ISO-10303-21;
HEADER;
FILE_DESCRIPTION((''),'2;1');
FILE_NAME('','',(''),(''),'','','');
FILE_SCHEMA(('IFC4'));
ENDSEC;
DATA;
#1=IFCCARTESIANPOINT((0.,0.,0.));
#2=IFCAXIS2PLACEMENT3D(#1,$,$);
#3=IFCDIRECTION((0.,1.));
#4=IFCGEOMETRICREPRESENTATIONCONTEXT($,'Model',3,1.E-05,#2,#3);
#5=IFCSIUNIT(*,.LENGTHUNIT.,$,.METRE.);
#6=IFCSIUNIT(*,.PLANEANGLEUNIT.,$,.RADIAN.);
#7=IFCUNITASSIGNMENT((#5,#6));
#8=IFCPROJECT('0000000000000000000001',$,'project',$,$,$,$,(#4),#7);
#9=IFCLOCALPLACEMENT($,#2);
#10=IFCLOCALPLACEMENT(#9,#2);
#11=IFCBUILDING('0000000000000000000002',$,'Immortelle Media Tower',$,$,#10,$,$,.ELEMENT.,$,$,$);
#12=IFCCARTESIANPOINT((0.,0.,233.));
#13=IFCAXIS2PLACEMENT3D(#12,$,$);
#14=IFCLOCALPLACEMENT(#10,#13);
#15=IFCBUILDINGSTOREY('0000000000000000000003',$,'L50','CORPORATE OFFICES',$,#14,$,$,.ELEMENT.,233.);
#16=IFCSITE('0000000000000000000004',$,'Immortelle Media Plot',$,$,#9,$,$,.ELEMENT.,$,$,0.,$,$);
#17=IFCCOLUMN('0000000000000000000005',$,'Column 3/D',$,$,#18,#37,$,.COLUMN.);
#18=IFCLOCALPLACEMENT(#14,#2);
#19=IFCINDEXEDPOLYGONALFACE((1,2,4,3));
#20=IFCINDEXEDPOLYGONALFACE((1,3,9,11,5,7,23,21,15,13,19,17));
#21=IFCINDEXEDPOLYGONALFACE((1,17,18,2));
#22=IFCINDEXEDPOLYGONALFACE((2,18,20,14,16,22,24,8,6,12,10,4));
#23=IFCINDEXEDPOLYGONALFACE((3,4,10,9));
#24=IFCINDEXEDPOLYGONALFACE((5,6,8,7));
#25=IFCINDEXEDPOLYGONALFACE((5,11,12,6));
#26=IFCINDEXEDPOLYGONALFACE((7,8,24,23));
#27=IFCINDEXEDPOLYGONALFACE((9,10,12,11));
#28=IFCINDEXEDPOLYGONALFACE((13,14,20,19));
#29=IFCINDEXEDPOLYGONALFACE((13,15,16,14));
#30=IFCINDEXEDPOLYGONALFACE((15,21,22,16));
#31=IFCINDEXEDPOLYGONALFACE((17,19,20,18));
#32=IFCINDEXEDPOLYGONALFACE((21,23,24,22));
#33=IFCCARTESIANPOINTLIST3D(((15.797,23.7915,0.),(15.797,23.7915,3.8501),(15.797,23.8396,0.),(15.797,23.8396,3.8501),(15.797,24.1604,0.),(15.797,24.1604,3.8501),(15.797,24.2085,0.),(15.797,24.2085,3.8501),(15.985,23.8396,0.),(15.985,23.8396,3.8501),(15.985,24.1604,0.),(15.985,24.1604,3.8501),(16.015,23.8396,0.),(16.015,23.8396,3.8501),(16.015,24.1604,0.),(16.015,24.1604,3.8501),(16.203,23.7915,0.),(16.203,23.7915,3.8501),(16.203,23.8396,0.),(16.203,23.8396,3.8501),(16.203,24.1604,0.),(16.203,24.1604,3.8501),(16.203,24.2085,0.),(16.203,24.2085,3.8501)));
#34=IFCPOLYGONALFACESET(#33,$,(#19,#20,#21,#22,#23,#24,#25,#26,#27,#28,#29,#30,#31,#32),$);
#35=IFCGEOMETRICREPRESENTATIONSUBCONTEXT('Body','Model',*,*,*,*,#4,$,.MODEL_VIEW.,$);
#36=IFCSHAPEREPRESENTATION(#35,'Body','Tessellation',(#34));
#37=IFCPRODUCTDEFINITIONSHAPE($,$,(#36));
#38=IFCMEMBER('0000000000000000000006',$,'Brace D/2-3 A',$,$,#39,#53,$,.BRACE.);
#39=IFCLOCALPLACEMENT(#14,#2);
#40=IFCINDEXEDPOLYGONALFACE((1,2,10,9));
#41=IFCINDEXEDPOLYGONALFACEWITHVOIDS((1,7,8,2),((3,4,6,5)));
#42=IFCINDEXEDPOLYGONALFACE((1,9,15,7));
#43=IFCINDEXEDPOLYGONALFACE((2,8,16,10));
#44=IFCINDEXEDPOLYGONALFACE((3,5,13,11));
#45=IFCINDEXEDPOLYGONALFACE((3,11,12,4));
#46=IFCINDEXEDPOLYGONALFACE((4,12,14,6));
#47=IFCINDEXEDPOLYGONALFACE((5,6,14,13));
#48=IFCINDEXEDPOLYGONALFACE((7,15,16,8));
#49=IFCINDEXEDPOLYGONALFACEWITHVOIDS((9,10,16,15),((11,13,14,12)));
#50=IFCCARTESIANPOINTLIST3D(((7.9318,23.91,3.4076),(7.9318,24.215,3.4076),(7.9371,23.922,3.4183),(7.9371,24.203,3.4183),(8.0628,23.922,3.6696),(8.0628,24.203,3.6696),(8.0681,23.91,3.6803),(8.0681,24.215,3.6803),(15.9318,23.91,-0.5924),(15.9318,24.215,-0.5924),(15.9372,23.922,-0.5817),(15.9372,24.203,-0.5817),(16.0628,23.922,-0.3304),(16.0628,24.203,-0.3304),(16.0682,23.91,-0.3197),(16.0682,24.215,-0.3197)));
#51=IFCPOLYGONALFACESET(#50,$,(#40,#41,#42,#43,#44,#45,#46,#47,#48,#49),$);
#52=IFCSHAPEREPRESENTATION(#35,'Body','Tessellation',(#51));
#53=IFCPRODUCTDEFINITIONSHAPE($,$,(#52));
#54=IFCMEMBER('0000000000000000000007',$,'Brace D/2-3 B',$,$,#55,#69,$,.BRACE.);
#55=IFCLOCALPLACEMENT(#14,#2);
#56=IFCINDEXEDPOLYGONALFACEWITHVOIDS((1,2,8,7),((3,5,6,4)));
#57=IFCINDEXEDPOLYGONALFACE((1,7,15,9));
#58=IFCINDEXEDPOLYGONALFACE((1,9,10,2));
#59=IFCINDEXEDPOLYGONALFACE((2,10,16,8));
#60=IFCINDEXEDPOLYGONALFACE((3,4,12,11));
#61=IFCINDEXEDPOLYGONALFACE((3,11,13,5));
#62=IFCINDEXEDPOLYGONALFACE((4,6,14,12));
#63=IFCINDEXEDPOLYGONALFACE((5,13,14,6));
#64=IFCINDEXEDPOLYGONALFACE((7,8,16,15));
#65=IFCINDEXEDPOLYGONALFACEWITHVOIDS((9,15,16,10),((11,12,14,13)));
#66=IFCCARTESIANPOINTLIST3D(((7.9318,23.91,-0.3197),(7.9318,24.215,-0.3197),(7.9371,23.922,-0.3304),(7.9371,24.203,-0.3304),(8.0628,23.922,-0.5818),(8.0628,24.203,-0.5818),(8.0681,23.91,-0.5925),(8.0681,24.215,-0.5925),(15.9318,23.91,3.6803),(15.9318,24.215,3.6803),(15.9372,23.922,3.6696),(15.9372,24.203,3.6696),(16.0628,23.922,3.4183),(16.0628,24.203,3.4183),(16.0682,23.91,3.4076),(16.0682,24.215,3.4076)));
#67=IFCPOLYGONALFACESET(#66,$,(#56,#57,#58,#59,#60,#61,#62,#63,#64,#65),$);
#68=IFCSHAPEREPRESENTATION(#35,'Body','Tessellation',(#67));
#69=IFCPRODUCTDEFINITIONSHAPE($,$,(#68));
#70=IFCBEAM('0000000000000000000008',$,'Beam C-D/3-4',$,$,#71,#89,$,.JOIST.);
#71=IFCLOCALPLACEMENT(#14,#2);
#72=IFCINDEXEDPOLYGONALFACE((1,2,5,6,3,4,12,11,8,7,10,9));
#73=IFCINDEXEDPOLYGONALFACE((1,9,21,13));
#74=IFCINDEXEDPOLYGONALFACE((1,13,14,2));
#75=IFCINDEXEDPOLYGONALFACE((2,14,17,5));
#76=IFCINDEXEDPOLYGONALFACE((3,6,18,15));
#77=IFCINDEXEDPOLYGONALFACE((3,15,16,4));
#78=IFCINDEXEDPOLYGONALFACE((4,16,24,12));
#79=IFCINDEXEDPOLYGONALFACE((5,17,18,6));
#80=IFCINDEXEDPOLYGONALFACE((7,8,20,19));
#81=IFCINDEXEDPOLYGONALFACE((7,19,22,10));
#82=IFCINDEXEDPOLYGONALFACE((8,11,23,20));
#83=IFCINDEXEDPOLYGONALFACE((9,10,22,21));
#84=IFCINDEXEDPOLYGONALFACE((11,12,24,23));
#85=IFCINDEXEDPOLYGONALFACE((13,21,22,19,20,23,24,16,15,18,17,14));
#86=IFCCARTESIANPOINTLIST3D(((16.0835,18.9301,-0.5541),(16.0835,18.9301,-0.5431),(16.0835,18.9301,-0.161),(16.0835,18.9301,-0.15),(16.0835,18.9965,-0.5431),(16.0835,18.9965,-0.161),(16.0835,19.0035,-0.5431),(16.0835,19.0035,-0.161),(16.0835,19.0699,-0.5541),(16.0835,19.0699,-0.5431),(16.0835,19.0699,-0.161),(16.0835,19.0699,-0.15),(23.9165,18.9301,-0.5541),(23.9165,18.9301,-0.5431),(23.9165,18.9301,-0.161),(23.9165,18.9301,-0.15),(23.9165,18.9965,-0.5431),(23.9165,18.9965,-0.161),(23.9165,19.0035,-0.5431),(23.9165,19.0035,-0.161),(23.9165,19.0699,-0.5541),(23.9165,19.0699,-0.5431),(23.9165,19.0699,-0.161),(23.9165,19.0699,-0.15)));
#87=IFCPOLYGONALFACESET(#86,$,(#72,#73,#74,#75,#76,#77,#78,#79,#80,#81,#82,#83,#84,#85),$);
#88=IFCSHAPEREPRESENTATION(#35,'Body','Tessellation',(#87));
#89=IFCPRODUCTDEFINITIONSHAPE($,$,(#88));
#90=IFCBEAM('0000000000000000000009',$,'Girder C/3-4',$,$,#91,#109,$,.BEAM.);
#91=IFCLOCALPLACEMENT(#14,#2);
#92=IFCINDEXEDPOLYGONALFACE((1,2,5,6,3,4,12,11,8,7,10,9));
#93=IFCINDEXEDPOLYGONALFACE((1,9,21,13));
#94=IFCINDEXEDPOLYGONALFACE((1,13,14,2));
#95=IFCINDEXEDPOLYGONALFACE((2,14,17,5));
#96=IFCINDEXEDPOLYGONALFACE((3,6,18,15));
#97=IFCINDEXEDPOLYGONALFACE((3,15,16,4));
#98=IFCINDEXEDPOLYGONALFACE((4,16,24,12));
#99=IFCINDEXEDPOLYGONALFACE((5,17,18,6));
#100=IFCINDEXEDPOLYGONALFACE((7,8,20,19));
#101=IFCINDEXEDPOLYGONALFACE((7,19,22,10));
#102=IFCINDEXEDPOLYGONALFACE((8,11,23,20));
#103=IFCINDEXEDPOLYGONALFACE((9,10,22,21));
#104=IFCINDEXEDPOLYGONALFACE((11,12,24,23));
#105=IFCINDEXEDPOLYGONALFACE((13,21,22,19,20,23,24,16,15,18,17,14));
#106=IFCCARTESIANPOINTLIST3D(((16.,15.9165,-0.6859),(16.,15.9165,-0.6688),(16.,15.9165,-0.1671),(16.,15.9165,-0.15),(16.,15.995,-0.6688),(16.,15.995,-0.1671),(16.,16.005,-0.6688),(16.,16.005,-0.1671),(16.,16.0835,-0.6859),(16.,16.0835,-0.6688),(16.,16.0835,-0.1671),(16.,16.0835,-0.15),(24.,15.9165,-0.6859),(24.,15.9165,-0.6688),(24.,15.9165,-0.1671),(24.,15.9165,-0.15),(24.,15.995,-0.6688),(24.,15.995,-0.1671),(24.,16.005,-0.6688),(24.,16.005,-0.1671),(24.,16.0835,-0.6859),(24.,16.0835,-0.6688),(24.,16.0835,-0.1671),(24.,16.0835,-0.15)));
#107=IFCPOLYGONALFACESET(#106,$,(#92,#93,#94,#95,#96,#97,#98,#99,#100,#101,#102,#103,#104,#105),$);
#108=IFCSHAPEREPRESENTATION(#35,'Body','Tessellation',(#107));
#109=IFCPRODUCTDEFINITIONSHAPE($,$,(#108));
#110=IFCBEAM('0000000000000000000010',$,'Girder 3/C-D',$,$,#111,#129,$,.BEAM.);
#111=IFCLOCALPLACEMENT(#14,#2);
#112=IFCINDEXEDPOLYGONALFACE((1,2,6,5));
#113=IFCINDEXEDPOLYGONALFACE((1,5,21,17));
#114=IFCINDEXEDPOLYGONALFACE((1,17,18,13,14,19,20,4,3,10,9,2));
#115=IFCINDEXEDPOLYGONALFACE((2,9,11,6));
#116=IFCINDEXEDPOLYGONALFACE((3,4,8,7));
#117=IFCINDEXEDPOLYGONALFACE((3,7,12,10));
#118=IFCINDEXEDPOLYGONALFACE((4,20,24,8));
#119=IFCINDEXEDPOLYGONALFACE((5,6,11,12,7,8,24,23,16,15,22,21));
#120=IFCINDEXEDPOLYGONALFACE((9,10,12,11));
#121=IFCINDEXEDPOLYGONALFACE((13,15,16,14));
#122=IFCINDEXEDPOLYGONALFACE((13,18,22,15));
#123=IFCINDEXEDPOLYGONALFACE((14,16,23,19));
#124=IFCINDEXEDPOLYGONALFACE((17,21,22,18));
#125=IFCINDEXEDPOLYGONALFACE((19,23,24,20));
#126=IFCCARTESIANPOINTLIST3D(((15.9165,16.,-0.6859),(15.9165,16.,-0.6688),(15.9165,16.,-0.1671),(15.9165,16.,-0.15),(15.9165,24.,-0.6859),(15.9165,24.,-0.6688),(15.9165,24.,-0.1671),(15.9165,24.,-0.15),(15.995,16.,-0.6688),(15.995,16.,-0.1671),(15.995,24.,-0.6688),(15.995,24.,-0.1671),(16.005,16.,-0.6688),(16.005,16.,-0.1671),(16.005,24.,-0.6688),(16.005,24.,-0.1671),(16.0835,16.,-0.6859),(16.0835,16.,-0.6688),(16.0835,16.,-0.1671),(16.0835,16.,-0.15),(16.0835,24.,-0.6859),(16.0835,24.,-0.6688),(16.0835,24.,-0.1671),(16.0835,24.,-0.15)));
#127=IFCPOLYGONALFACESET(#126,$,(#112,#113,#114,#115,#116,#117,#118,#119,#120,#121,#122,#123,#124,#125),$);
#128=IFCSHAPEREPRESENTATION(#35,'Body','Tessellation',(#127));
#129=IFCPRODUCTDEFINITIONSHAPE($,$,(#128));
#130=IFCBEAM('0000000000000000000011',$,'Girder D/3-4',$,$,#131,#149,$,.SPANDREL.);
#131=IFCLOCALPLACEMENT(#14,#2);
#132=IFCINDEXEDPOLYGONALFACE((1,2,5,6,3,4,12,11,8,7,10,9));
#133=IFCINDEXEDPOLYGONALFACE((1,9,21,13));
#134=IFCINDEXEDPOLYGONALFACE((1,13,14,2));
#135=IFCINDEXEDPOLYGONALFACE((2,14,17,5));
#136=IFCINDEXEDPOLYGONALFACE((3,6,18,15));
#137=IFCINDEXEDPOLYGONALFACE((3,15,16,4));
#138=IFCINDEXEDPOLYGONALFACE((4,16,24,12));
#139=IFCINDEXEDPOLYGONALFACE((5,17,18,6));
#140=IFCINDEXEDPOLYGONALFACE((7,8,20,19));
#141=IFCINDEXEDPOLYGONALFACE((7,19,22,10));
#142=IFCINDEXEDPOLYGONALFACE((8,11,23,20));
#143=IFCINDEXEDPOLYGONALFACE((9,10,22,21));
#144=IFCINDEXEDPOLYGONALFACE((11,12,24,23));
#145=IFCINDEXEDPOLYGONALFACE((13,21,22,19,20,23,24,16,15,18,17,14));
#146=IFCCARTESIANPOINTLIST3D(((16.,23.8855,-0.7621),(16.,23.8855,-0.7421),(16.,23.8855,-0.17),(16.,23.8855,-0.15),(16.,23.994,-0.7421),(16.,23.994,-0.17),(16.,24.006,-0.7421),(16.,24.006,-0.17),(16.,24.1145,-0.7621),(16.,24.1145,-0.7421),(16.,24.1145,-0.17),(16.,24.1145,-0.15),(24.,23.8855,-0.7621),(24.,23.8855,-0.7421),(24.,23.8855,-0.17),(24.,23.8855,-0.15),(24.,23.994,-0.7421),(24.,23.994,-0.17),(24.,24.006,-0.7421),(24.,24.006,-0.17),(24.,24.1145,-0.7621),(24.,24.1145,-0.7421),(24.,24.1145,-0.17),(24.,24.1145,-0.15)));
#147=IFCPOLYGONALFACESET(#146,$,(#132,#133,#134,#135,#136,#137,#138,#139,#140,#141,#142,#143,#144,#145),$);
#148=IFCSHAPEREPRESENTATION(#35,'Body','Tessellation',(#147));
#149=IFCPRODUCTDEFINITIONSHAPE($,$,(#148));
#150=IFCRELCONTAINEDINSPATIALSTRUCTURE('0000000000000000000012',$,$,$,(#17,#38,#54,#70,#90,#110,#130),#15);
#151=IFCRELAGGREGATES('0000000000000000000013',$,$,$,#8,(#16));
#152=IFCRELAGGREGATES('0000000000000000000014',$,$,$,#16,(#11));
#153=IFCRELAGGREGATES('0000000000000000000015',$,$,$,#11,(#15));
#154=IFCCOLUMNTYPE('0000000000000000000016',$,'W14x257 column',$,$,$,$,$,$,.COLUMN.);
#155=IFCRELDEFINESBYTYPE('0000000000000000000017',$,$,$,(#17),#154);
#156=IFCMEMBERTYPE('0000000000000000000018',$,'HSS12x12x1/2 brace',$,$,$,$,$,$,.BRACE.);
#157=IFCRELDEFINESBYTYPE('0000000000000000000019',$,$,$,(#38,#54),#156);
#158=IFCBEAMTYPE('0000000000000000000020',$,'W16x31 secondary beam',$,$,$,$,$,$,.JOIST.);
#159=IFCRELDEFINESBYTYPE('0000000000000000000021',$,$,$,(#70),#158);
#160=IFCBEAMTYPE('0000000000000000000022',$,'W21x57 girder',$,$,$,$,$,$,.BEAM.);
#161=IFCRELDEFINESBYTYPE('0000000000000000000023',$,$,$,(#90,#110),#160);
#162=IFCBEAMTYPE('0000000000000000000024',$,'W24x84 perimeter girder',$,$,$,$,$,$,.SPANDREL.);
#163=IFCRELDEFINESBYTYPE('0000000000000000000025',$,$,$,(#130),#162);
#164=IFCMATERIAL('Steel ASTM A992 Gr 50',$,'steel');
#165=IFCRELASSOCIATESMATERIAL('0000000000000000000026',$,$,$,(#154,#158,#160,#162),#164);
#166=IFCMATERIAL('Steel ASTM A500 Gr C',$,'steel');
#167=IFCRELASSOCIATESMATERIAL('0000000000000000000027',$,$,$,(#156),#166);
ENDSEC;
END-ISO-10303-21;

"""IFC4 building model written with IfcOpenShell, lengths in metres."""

from ifc_helpers import new_model, si_unit, direction, frame, origin, origin_2d, place, context, subcontext, project, spatial, hollow_rectangle, i_section, extrude, material, material_profile, profile_set, type_object, element, save


model = new_model("IFC4")

# Units and contexts
model_context = context("Model", 3, precision=1e-05, world=origin(), true_north=direction((0.0, 1.0)))
body_context = subcontext(model_context, "Body", "Model", "MODEL_VIEW")
ifc_project = project(units=[si_unit("LENGTHUNIT", "METRE"), si_unit("PLANEANGLEUNIT", "RADIAN")], contexts=[model_context])

# Site, building, storey
site_placement = place(None, origin())
site = spatial("IfcSite", under=ifc_project, at=site_placement, Name="Immortelle Media Plot", CompositionType="ELEMENT", RefElevation=0.0)
building_placement = place(site_placement, origin())
building = spatial("IfcBuilding", under=site, at=building_placement, Name="Immortelle Media Tower", CompositionType="ELEMENT")
storey_placement = place(building_placement, frame((0.0, 0.0, 233.0)))
storey = spatial("IfcBuildingStorey", under=building, at=storey_placement, Name="L50", Description="CORPORATE OFFICES", CompositionType="ELEMENT", Elevation=233.0)

# Column
ifc_material_1 = material(Name="Steel ASTM A992 Gr 50", Category="steel")
ifc_material_profile_1 = material_profile(ifc_material_1, i_section(OverallWidth=0.406, OverallDepth=0.417, WebThickness=0.03, FlangeThickness=0.0481, at=origin_2d()), Name="W14x257")
ifc_profile_set_1 = profile_set([ifc_material_profile_1], Name="Steel ASTM A992 Gr 50")
column_type = type_object("IfcColumnType", Name="W14x257 column", PredefinedType="COLUMN", material=ifc_profile_set_1)
column_placement = place(storey_placement, frame((16.0, 24.0, 0.0), z_axis=(0.0, 0.0, 1.0), x_axis=(1.0, 0.0, 0.0)))
element("IfcColumn", 1, at=column_placement, inside=storey, type_object=column_type, Name="Column 3/D", PredefinedType="COLUMN", context=body_context, shape_type="SweptSolid", body=[
    extrude(i_section(OverallWidth=0.406, OverallDepth=0.417, WebThickness=0.03, FlangeThickness=0.0481, at=origin_2d()), origin(), (0.0, 0.0, 1.0), 3.8501),
])

# Members
ifc_material_2 = material(Name="Steel ASTM A500 Gr C", Category="steel")
ifc_material_profile_2 = material_profile(ifc_material_2, hollow_rectangle(XDim=0.3049, YDim=0.3049, WallThickness=0.012, at=origin_2d()), Name="HSS12x12x1/2 brace")
ifc_profile_set_2 = profile_set([ifc_material_profile_2], Name="Steel ASTM A500 Gr C")
member_type = type_object("IfcMemberType", Name="HSS12x12x1/2 brace", PredefinedType="BRACE", material=ifc_profile_set_2)
for number, where, z_axis, x_axis, name in (
    (2, (16.0, 24.0625, -0.4561), (-0.894427, 0.0, 0.447214), (0.0, -1.0, 0.0), "Brace D/2-3 A"),
    (3, (16.0, 24.0625, 3.5439), (-0.894427, 0.0, -0.447214), (0.0, -1.0, 0.0), "Brace D/2-3 B"),
):
    element("IfcMember", number, at=place(storey_placement, frame(where, z_axis=z_axis, x_axis=x_axis)), inside=storey, type_object=member_type, Name=name, PredefinedType="BRACE", context=body_context, shape_type="SweptSolid", body=[
        extrude(hollow_rectangle(XDim=0.3049, YDim=0.3049, WallThickness=0.012, at=origin_2d()), origin(), (0.0, 0.0, 1.0), 8.9443),
    ])

# Beams
ifc_material_profile_3 = material_profile(ifc_material_1, i_section(OverallWidth=0.1399, OverallDepth=0.4041, WebThickness=0.0071, FlangeThickness=0.011, at=origin_2d()), Name="W16x31")
ifc_profile_set_3 = profile_set([ifc_material_profile_3], Name="Steel ASTM A992 Gr 50")
beam_type_1 = type_object("IfcBeamType", Name="W16x31 secondary beam", PredefinedType="JOIST", material=ifc_profile_set_3)
beam_1_placement = place(storey_placement, frame((16.0835, 19.0, -0.3521), z_axis=(1.0, 0.0, 0.0), x_axis=(0.0, 1.0, 0.0)))
element("IfcBeam", 4, at=beam_1_placement, inside=storey, type_object=beam_type_1, Name="Beam C-D/3-4", PredefinedType="JOIST", context=body_context, shape_type="SweptSolid", body=[
    extrude(i_section(OverallWidth=0.1399, OverallDepth=0.4041, WebThickness=0.0071, FlangeThickness=0.011, at=origin_2d()), origin(), (0.0, 0.0, 1.0), 7.833),
])
ifc_material_profile_4 = material_profile(ifc_material_1, i_section(OverallWidth=0.167, OverallDepth=0.5359, WebThickness=0.01, FlangeThickness=0.0171, at=origin_2d()), Name="W21x57")
ifc_profile_set_4 = profile_set([ifc_material_profile_4], Name="Steel ASTM A992 Gr 50")
beam_type_2 = type_object("IfcBeamType", Name="W21x57 girder", PredefinedType="BEAM", material=ifc_profile_set_4)
for number, where, z_axis, x_axis, name in (
    (5, (16.0, 16.0, -0.418), (1.0, 0.0, 0.0), (0.0, 1.0, 0.0), "Girder C/3-4"),
    (6, (16.0, 16.0, -0.418), (0.0, 1.0, 0.0), (-1.0, 0.0, 0.0), "Girder 3/C-D"),
):
    element("IfcBeam", number, at=place(storey_placement, frame(where, z_axis=z_axis, x_axis=x_axis)), inside=storey, type_object=beam_type_2, Name=name, PredefinedType="BEAM", context=body_context, shape_type="SweptSolid", body=[
        extrude(i_section(OverallWidth=0.167, OverallDepth=0.5359, WebThickness=0.01, FlangeThickness=0.0171, at=origin_2d()), origin(), (0.0, 0.0, 1.0), 8.0),
    ])
ifc_material_profile_5 = material_profile(ifc_material_1, i_section(OverallWidth=0.229, OverallDepth=0.6121, WebThickness=0.012, FlangeThickness=0.02, at=origin_2d()), Name="W24x84")
ifc_profile_set_5 = profile_set([ifc_material_profile_5], Name="Steel ASTM A992 Gr 50")
beam_type_3 = type_object("IfcBeamType", Name="W24x84 perimeter girder", PredefinedType="SPANDREL", material=ifc_profile_set_5)
beam_2_placement = place(storey_placement, frame((16.0, 24.0, -0.4561), z_axis=(1.0, 0.0, 0.0), x_axis=(0.0, 1.0, 0.0)))
element("IfcBeam", 7, at=beam_2_placement, inside=storey, type_object=beam_type_3, Name="Girder D/3-4", PredefinedType="SPANDREL", context=body_context, shape_type="SweptSolid", body=[
    extrude(i_section(OverallWidth=0.229, OverallDepth=0.6121, WebThickness=0.012, FlangeThickness=0.02, at=origin_2d()), origin(), (0.0, 0.0, 1.0), 8.0),
])

save(model, "model.ifc")
